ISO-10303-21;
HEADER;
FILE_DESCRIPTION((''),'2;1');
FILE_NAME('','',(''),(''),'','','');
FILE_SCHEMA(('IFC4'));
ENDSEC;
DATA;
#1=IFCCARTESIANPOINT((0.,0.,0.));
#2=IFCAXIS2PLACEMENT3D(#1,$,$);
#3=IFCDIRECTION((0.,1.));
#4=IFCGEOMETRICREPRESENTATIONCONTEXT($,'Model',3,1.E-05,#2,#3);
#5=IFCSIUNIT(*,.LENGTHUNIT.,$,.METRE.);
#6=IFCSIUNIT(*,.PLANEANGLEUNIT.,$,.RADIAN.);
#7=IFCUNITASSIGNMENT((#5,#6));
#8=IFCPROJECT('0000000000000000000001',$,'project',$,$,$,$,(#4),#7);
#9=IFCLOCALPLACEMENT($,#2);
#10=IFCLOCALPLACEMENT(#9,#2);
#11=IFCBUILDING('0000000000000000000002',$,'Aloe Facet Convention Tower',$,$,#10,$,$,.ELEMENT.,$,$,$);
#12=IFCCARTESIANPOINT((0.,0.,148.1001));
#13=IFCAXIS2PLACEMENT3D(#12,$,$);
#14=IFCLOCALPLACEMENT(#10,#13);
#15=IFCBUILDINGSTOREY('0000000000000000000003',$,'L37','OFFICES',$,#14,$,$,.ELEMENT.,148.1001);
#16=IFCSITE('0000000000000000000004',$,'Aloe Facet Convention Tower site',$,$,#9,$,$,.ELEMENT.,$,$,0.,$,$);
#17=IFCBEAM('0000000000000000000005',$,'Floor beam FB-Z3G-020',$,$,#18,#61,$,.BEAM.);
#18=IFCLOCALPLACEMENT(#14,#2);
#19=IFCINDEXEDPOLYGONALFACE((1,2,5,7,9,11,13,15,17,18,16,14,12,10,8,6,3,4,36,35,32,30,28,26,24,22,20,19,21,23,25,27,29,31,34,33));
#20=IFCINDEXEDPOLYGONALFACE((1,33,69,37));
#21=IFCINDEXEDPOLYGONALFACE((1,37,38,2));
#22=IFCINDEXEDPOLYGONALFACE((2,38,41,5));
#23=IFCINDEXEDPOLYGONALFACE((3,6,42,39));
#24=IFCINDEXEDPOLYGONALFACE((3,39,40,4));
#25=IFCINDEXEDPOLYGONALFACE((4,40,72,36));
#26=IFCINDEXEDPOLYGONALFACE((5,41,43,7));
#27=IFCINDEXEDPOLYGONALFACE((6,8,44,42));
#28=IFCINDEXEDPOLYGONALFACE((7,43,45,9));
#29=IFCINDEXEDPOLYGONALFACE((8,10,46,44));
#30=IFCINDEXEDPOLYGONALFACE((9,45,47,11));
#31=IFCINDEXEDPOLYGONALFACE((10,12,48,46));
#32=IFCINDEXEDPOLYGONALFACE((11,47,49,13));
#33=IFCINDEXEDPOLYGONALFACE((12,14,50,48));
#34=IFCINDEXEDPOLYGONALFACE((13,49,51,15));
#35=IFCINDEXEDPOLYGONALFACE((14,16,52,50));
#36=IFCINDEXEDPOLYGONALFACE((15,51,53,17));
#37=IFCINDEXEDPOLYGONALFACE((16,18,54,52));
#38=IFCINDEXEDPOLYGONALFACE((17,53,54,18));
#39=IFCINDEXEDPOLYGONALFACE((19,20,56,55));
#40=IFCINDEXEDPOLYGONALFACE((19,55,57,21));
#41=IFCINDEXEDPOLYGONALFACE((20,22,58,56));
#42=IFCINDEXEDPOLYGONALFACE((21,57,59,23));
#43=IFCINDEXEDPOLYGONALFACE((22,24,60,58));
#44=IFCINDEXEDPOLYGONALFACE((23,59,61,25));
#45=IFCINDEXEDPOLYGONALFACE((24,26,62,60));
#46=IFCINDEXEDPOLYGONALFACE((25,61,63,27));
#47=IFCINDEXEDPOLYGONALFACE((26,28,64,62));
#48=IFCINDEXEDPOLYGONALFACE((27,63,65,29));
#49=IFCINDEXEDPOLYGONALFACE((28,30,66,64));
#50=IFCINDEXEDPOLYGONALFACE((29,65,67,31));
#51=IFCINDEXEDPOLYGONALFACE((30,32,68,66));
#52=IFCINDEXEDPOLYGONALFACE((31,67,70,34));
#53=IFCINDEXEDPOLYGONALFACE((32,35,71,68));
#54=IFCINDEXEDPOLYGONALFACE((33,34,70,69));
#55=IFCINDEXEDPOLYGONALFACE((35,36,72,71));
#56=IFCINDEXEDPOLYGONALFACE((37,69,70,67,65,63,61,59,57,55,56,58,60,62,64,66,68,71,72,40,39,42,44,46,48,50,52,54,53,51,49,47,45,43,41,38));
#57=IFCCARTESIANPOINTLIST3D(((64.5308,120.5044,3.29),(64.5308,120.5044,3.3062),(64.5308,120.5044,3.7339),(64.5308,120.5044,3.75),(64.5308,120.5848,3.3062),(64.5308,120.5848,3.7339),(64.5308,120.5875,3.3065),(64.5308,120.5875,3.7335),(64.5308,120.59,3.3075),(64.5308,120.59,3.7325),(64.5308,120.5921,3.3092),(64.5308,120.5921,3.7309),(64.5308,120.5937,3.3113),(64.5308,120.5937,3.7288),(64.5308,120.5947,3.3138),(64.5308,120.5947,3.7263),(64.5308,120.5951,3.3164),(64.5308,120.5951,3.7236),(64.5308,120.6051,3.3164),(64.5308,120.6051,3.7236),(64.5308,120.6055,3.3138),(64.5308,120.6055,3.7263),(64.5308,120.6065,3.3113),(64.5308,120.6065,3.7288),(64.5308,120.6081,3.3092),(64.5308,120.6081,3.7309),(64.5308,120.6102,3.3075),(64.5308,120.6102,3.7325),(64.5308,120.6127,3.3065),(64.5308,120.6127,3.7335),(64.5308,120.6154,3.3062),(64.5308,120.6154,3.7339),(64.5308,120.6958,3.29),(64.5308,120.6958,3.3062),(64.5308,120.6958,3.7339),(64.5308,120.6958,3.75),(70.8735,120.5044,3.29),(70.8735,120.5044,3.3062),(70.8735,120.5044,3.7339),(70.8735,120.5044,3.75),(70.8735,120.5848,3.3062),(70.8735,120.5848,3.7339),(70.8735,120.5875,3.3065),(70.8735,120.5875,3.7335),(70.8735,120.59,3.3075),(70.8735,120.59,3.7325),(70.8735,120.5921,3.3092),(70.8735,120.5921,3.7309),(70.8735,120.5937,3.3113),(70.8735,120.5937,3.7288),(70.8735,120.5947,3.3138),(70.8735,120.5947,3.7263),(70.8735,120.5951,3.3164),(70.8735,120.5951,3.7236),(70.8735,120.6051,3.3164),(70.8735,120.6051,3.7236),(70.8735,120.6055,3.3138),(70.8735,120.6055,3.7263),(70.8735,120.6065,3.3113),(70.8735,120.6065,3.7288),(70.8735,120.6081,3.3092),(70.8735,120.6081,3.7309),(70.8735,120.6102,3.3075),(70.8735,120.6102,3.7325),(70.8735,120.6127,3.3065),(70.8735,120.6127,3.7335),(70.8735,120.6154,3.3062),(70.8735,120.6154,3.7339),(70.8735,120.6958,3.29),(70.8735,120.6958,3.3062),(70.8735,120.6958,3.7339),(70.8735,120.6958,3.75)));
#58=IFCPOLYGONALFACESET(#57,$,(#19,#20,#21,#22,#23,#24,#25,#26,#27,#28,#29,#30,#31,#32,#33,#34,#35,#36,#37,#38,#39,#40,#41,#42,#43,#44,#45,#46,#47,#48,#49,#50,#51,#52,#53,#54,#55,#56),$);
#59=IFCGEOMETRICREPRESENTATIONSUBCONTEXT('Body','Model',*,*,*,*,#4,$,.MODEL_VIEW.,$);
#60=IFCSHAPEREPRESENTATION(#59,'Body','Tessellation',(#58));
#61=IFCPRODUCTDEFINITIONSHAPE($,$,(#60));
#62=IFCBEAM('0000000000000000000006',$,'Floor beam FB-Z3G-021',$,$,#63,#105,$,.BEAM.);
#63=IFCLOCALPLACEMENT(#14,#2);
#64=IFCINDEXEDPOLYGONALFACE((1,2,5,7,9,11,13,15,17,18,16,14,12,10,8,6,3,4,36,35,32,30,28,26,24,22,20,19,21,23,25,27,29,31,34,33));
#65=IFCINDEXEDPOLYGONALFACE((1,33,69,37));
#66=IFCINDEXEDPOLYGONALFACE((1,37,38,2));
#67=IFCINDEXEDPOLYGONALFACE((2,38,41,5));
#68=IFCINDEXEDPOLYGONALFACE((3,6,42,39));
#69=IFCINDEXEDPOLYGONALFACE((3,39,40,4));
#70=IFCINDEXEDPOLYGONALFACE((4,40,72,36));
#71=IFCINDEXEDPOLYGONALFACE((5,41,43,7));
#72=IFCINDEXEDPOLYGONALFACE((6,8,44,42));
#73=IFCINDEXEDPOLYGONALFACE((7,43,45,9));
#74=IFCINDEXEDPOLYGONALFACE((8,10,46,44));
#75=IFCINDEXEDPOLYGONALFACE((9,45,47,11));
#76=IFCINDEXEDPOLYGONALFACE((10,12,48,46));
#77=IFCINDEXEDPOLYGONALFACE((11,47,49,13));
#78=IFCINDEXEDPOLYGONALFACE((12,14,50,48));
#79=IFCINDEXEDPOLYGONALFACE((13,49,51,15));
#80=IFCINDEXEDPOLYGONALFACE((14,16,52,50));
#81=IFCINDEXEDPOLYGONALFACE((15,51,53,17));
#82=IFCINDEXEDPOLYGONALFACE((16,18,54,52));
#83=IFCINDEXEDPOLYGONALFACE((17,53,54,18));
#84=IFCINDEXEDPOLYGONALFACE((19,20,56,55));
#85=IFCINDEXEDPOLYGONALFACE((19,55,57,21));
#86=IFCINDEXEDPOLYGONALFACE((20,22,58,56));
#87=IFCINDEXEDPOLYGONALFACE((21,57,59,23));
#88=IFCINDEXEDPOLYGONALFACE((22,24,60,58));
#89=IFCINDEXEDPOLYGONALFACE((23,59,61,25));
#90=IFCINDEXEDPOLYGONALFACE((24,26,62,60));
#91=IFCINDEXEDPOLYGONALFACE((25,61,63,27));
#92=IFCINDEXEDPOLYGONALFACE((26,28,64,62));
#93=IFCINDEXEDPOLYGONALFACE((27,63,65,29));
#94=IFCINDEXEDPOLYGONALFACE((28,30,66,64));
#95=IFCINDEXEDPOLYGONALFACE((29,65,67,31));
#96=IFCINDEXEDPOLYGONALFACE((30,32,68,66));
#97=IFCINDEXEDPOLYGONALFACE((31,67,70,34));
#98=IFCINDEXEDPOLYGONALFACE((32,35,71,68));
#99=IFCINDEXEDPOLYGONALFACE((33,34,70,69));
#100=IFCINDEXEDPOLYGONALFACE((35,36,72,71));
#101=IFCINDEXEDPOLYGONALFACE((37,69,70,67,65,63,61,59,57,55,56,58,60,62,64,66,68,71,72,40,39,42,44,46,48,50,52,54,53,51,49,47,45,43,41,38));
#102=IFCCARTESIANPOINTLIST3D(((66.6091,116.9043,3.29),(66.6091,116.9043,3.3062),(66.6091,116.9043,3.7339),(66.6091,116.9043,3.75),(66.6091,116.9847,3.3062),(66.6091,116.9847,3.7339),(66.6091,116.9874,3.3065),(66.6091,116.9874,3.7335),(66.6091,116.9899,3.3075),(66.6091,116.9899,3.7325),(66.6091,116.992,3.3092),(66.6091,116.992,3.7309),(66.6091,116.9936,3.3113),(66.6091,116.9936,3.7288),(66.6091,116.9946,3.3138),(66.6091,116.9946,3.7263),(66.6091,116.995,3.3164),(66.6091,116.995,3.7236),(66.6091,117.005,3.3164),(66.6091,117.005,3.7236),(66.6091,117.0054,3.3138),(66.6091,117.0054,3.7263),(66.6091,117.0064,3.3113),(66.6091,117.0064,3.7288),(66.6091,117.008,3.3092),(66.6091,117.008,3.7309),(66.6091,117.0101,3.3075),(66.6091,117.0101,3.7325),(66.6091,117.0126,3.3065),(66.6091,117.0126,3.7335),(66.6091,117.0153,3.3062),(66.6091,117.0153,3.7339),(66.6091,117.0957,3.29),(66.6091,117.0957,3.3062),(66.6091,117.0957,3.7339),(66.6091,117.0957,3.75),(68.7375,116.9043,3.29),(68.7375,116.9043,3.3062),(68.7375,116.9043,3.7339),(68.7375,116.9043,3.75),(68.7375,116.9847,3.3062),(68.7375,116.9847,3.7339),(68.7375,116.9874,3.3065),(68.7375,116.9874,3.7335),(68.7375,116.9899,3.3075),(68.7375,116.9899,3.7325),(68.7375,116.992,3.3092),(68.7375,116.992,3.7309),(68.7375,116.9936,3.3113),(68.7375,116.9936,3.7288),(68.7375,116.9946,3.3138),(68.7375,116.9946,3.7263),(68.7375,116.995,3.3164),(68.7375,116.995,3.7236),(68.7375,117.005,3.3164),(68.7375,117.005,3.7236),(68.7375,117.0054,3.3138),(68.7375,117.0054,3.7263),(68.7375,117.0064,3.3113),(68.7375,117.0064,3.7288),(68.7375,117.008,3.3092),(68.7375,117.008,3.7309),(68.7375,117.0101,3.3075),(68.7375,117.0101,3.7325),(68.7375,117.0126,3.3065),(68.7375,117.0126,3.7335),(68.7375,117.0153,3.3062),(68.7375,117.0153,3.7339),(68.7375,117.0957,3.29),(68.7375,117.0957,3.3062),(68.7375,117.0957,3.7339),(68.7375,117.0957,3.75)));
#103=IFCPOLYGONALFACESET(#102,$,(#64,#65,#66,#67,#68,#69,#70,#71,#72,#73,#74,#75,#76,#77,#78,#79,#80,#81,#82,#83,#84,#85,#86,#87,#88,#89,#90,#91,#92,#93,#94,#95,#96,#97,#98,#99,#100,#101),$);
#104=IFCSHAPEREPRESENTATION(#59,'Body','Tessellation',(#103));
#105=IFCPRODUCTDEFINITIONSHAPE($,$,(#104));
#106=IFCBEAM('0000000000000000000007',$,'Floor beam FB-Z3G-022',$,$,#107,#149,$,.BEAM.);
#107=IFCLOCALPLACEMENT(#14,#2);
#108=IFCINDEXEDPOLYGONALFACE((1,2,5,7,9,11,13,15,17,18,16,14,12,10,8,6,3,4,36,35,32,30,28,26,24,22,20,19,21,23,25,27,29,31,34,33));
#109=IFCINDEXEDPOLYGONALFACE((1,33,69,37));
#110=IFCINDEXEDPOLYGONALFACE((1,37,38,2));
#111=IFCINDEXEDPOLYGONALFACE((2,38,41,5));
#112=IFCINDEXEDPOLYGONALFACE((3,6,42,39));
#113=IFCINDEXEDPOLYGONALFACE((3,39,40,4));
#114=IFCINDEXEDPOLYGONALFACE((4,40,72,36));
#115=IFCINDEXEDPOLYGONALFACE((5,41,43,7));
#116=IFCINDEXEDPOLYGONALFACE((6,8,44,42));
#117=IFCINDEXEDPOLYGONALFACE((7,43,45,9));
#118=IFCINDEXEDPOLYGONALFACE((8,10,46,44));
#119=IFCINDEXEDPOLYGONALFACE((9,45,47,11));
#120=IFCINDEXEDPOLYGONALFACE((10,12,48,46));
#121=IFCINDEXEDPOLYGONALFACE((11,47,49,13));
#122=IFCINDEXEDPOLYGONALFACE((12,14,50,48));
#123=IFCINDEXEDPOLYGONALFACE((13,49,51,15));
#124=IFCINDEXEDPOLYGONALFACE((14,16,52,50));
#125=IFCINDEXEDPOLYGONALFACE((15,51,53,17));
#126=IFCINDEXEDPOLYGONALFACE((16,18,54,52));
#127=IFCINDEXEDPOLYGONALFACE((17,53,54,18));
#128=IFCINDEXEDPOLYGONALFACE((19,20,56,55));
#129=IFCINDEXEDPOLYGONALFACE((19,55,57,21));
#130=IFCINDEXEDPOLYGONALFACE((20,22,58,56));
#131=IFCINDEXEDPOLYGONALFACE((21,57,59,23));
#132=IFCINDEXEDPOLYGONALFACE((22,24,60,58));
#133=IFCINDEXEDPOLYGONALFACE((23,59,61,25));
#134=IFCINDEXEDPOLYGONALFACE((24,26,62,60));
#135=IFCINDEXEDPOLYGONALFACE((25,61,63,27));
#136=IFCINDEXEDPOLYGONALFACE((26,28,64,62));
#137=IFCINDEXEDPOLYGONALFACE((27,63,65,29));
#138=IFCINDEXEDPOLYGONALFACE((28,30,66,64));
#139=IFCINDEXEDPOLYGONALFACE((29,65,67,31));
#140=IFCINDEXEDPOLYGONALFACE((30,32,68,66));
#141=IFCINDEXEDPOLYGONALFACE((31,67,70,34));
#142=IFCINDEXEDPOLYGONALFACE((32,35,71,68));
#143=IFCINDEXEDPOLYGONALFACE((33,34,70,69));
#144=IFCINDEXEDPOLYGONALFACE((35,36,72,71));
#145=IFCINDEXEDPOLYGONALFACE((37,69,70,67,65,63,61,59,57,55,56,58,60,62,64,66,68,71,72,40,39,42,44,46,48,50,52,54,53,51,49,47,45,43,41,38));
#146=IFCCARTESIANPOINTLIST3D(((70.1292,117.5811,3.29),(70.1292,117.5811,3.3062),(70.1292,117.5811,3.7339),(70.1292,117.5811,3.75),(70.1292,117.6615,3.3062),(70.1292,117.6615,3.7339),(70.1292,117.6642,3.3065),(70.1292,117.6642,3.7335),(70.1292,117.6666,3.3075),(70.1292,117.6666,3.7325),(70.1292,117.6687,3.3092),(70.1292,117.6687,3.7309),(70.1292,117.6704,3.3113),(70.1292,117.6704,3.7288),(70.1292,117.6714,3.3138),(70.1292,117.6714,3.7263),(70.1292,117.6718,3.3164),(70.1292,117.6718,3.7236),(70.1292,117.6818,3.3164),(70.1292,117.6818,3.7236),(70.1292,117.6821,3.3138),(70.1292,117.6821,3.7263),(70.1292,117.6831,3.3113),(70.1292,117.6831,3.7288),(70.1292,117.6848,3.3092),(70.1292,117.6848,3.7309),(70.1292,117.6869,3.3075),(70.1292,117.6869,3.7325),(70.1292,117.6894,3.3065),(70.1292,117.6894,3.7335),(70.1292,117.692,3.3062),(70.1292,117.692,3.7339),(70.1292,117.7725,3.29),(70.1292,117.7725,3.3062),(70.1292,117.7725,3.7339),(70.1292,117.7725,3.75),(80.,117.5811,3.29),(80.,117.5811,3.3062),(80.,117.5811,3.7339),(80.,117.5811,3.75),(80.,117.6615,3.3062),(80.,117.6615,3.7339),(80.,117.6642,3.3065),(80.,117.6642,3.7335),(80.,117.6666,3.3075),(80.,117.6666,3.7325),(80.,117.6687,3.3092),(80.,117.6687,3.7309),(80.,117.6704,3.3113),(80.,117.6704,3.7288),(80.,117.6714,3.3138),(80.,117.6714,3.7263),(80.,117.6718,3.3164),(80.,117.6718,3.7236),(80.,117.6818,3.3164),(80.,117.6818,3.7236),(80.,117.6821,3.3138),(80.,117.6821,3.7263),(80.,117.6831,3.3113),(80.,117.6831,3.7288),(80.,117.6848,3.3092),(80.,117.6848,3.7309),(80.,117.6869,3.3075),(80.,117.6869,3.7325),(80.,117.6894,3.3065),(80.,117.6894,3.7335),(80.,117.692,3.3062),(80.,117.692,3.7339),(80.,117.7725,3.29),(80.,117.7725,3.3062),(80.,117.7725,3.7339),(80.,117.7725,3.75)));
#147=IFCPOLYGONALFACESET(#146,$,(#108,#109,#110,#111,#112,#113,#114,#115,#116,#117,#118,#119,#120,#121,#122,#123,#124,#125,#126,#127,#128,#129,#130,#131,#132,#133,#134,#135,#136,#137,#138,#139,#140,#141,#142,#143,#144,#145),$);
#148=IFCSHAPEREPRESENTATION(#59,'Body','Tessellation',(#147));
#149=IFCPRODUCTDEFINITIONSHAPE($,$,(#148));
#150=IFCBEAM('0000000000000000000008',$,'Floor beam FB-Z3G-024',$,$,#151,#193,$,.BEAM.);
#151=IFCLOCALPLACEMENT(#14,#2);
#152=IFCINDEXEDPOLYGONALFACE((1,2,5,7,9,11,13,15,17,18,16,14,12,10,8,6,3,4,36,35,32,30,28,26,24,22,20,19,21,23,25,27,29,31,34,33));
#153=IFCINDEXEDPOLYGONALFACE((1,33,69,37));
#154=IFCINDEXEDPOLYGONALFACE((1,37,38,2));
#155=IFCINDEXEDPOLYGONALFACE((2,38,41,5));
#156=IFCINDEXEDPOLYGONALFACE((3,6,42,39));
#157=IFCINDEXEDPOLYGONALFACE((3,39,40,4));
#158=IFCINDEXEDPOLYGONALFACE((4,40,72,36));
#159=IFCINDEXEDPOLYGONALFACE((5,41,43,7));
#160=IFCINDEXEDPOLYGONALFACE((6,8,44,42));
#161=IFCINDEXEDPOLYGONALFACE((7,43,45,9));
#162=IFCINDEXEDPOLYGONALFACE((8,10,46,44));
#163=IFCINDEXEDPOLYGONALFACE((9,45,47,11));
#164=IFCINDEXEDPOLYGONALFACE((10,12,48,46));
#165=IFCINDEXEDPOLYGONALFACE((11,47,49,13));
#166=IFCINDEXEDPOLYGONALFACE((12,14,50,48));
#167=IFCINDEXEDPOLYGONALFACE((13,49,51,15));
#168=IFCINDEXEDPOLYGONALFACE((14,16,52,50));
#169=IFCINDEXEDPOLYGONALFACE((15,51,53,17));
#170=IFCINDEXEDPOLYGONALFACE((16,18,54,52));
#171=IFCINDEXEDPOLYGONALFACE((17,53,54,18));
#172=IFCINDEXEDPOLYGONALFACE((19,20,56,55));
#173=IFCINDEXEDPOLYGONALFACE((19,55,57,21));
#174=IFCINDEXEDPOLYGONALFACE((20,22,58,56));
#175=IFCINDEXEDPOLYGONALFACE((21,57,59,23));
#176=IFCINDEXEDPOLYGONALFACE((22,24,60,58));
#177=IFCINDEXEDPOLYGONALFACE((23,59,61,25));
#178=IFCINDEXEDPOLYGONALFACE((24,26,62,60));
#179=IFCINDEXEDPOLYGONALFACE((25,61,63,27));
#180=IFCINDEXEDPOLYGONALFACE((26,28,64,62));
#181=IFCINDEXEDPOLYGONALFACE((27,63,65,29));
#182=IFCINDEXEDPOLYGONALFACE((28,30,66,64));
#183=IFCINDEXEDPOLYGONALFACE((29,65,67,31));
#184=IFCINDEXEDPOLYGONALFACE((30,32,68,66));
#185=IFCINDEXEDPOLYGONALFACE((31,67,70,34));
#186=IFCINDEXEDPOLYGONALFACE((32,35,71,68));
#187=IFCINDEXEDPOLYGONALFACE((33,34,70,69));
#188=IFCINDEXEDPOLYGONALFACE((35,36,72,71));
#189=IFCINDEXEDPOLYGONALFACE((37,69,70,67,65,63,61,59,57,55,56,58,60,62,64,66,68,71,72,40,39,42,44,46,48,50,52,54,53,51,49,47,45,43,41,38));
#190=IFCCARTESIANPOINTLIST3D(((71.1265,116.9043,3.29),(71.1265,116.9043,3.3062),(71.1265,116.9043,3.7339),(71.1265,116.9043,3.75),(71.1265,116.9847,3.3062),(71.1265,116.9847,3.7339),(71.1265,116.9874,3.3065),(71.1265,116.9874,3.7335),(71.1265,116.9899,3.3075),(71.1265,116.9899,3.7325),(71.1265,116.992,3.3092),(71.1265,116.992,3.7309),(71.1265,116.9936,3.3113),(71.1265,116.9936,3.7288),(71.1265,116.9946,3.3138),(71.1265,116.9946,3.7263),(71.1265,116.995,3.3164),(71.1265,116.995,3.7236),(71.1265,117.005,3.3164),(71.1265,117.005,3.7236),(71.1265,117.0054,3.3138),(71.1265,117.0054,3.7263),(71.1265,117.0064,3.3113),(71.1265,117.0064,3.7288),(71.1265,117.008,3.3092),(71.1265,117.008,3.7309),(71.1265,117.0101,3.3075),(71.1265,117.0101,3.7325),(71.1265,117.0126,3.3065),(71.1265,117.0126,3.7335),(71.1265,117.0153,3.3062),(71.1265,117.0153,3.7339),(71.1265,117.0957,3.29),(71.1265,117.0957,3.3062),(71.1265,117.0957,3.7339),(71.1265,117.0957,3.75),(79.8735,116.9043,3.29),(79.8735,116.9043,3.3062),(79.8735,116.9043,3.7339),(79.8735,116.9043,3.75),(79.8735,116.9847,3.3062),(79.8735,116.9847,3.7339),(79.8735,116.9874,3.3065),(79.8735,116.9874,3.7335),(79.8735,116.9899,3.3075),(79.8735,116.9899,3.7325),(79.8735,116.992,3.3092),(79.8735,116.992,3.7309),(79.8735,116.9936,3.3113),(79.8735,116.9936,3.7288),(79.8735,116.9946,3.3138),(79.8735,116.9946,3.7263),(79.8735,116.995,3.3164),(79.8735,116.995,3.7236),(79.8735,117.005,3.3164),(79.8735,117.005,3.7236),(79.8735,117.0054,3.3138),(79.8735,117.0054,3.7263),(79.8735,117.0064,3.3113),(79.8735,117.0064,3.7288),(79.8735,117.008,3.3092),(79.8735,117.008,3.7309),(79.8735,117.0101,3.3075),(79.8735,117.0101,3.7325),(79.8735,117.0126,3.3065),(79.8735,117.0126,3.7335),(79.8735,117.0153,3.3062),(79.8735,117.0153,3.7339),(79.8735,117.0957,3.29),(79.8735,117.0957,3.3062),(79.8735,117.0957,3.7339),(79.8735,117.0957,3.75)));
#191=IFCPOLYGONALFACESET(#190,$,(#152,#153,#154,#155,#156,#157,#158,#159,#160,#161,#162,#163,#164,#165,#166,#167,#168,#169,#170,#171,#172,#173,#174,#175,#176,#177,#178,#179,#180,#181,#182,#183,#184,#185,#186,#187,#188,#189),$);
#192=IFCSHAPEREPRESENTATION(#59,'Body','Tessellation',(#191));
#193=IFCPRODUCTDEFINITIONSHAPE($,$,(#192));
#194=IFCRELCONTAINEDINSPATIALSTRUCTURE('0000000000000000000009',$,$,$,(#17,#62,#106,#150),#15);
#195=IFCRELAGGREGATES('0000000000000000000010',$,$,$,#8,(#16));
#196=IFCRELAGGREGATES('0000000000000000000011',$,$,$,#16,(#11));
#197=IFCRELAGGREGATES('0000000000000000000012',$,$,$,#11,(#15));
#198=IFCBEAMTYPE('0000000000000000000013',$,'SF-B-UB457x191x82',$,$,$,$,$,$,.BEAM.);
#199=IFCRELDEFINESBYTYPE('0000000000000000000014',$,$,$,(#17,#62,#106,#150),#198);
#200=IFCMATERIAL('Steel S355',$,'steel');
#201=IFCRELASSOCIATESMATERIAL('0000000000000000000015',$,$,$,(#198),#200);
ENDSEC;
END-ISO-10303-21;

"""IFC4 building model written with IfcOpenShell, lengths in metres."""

from ifc_helpers import new_model, si_unit, direction, frame, origin, origin_2d, place, context, subcontext, project, spatial, i_section, extrude, material, material_profile, profile_set, type_object, element, save


model = new_model("IFC4")

# Units and contexts
model_context = context("Model", 3, precision=1e-05, world=origin(), true_north=direction((0.0, 1.0)))
body_context = subcontext(model_context, "Body", "Model", "MODEL_VIEW")
ifc_project = project(units=[si_unit("LENGTHUNIT", "METRE"), si_unit("PLANEANGLEUNIT", "RADIAN")], contexts=[model_context])

# Site, building, storey
site_placement = place(None, origin())
site = spatial("IfcSite", under=ifc_project, at=site_placement, Name="Aloe Facet Convention Tower site", CompositionType="ELEMENT", RefElevation=0.0)
building_placement = place(site_placement, origin())
building = spatial("IfcBuilding", under=site, at=building_placement, Name="Aloe Facet Convention Tower", CompositionType="ELEMENT")
storey_placement = place(building_placement, frame((0.0, 0.0, 148.1001)))
storey = spatial("IfcBuildingStorey", under=building, at=storey_placement, Name="L37", Description="OFFICES", CompositionType="ELEMENT", Elevation=148.1001)

# Beams
ifc_material_1 = material(Name="Steel S355", Category="steel")
ifc_material_profile_1 = material_profile(ifc_material_1, i_section(OverallWidth=0.1914, OverallDepth=0.46, WebThickness=0.01, FlangeThickness=0.0161, FilletRadius=0.0103, at=origin_2d()), Name="UB 457x191x82")
ifc_profile_set_1 = profile_set([ifc_material_profile_1], Name="Steel S355")
beam_type_1 = type_object("IfcBeamType", Name="SF-B-UB457x191x82", PredefinedType="BEAM", material=ifc_profile_set_1)
beam_1_placement = place(storey_placement, frame((64.5308, 120.6001, 3.52), z_axis=(1.0, 0.0, 0.0), x_axis=(0.0, 1.0, 0.0)))
element("IfcBeam", 1, at=beam_1_placement, inside=storey, type_object=beam_type_1, Name="Floor beam FB-Z3G-020", PredefinedType="BEAM", context=body_context, shape_type="SweptSolid", body=[
    extrude(i_section(OverallWidth=0.1914, OverallDepth=0.46, WebThickness=0.01, FlangeThickness=0.0161, FilletRadius=0.0103, at=origin_2d()), origin(), (0.0, 0.0, 1.0), 6.3428),
])
beam_2_placement = place(storey_placement, frame((66.6091, 117.0, 3.52), z_axis=(1.0, 0.0, 0.0), x_axis=(0.0, 1.0, 0.0)))
element("IfcBeam", 2, at=beam_2_placement, inside=storey, type_object=beam_type_1, Name="Floor beam FB-Z3G-021", PredefinedType="BEAM", context=body_context, shape_type="SweptSolid", body=[
    extrude(i_section(OverallWidth=0.1914, OverallDepth=0.46, WebThickness=0.01, FlangeThickness=0.0161, FilletRadius=0.0103, at=origin_2d()), origin(), (0.0, 0.0, 1.0), 2.1284),
])
beam_3_placement = place(storey_placement, frame((70.1292, 117.6768, 3.52), z_axis=(1.0, 0.0, 0.0), x_axis=(0.0, 1.0, 0.0)))
element("IfcBeam", 3, at=beam_3_placement, inside=storey, type_object=beam_type_1, Name="Floor beam FB-Z3G-022", PredefinedType="BEAM", context=body_context, shape_type="SweptSolid", body=[
    extrude(i_section(OverallWidth=0.1914, OverallDepth=0.46, WebThickness=0.01, FlangeThickness=0.0161, FilletRadius=0.0103, at=origin_2d()), origin(), (0.0, 0.0, 1.0), 9.8708),
])
for number, where, z_axis, x_axis, name in (
    (4, (71.1265, 117.0, 3.52), (1.0, 0.0, 0.0), (0.0, 1.0, 0.0), "Floor beam FB-Z3G-024"),
):
    element("IfcBeam", number, at=place(storey_placement, frame(where, z_axis=z_axis, x_axis=x_axis)), inside=storey, type_object=beam_type_1, Name=name, PredefinedType="BEAM", context=body_context, shape_type="SweptSolid", body=[
        extrude(i_section(OverallWidth=0.1914, OverallDepth=0.46, WebThickness=0.01, FlangeThickness=0.0161, FilletRadius=0.0103, at=origin_2d()), origin(), (0.0, 0.0, 1.0), 8.7471),
    ])

save(model, "model.ifc")
